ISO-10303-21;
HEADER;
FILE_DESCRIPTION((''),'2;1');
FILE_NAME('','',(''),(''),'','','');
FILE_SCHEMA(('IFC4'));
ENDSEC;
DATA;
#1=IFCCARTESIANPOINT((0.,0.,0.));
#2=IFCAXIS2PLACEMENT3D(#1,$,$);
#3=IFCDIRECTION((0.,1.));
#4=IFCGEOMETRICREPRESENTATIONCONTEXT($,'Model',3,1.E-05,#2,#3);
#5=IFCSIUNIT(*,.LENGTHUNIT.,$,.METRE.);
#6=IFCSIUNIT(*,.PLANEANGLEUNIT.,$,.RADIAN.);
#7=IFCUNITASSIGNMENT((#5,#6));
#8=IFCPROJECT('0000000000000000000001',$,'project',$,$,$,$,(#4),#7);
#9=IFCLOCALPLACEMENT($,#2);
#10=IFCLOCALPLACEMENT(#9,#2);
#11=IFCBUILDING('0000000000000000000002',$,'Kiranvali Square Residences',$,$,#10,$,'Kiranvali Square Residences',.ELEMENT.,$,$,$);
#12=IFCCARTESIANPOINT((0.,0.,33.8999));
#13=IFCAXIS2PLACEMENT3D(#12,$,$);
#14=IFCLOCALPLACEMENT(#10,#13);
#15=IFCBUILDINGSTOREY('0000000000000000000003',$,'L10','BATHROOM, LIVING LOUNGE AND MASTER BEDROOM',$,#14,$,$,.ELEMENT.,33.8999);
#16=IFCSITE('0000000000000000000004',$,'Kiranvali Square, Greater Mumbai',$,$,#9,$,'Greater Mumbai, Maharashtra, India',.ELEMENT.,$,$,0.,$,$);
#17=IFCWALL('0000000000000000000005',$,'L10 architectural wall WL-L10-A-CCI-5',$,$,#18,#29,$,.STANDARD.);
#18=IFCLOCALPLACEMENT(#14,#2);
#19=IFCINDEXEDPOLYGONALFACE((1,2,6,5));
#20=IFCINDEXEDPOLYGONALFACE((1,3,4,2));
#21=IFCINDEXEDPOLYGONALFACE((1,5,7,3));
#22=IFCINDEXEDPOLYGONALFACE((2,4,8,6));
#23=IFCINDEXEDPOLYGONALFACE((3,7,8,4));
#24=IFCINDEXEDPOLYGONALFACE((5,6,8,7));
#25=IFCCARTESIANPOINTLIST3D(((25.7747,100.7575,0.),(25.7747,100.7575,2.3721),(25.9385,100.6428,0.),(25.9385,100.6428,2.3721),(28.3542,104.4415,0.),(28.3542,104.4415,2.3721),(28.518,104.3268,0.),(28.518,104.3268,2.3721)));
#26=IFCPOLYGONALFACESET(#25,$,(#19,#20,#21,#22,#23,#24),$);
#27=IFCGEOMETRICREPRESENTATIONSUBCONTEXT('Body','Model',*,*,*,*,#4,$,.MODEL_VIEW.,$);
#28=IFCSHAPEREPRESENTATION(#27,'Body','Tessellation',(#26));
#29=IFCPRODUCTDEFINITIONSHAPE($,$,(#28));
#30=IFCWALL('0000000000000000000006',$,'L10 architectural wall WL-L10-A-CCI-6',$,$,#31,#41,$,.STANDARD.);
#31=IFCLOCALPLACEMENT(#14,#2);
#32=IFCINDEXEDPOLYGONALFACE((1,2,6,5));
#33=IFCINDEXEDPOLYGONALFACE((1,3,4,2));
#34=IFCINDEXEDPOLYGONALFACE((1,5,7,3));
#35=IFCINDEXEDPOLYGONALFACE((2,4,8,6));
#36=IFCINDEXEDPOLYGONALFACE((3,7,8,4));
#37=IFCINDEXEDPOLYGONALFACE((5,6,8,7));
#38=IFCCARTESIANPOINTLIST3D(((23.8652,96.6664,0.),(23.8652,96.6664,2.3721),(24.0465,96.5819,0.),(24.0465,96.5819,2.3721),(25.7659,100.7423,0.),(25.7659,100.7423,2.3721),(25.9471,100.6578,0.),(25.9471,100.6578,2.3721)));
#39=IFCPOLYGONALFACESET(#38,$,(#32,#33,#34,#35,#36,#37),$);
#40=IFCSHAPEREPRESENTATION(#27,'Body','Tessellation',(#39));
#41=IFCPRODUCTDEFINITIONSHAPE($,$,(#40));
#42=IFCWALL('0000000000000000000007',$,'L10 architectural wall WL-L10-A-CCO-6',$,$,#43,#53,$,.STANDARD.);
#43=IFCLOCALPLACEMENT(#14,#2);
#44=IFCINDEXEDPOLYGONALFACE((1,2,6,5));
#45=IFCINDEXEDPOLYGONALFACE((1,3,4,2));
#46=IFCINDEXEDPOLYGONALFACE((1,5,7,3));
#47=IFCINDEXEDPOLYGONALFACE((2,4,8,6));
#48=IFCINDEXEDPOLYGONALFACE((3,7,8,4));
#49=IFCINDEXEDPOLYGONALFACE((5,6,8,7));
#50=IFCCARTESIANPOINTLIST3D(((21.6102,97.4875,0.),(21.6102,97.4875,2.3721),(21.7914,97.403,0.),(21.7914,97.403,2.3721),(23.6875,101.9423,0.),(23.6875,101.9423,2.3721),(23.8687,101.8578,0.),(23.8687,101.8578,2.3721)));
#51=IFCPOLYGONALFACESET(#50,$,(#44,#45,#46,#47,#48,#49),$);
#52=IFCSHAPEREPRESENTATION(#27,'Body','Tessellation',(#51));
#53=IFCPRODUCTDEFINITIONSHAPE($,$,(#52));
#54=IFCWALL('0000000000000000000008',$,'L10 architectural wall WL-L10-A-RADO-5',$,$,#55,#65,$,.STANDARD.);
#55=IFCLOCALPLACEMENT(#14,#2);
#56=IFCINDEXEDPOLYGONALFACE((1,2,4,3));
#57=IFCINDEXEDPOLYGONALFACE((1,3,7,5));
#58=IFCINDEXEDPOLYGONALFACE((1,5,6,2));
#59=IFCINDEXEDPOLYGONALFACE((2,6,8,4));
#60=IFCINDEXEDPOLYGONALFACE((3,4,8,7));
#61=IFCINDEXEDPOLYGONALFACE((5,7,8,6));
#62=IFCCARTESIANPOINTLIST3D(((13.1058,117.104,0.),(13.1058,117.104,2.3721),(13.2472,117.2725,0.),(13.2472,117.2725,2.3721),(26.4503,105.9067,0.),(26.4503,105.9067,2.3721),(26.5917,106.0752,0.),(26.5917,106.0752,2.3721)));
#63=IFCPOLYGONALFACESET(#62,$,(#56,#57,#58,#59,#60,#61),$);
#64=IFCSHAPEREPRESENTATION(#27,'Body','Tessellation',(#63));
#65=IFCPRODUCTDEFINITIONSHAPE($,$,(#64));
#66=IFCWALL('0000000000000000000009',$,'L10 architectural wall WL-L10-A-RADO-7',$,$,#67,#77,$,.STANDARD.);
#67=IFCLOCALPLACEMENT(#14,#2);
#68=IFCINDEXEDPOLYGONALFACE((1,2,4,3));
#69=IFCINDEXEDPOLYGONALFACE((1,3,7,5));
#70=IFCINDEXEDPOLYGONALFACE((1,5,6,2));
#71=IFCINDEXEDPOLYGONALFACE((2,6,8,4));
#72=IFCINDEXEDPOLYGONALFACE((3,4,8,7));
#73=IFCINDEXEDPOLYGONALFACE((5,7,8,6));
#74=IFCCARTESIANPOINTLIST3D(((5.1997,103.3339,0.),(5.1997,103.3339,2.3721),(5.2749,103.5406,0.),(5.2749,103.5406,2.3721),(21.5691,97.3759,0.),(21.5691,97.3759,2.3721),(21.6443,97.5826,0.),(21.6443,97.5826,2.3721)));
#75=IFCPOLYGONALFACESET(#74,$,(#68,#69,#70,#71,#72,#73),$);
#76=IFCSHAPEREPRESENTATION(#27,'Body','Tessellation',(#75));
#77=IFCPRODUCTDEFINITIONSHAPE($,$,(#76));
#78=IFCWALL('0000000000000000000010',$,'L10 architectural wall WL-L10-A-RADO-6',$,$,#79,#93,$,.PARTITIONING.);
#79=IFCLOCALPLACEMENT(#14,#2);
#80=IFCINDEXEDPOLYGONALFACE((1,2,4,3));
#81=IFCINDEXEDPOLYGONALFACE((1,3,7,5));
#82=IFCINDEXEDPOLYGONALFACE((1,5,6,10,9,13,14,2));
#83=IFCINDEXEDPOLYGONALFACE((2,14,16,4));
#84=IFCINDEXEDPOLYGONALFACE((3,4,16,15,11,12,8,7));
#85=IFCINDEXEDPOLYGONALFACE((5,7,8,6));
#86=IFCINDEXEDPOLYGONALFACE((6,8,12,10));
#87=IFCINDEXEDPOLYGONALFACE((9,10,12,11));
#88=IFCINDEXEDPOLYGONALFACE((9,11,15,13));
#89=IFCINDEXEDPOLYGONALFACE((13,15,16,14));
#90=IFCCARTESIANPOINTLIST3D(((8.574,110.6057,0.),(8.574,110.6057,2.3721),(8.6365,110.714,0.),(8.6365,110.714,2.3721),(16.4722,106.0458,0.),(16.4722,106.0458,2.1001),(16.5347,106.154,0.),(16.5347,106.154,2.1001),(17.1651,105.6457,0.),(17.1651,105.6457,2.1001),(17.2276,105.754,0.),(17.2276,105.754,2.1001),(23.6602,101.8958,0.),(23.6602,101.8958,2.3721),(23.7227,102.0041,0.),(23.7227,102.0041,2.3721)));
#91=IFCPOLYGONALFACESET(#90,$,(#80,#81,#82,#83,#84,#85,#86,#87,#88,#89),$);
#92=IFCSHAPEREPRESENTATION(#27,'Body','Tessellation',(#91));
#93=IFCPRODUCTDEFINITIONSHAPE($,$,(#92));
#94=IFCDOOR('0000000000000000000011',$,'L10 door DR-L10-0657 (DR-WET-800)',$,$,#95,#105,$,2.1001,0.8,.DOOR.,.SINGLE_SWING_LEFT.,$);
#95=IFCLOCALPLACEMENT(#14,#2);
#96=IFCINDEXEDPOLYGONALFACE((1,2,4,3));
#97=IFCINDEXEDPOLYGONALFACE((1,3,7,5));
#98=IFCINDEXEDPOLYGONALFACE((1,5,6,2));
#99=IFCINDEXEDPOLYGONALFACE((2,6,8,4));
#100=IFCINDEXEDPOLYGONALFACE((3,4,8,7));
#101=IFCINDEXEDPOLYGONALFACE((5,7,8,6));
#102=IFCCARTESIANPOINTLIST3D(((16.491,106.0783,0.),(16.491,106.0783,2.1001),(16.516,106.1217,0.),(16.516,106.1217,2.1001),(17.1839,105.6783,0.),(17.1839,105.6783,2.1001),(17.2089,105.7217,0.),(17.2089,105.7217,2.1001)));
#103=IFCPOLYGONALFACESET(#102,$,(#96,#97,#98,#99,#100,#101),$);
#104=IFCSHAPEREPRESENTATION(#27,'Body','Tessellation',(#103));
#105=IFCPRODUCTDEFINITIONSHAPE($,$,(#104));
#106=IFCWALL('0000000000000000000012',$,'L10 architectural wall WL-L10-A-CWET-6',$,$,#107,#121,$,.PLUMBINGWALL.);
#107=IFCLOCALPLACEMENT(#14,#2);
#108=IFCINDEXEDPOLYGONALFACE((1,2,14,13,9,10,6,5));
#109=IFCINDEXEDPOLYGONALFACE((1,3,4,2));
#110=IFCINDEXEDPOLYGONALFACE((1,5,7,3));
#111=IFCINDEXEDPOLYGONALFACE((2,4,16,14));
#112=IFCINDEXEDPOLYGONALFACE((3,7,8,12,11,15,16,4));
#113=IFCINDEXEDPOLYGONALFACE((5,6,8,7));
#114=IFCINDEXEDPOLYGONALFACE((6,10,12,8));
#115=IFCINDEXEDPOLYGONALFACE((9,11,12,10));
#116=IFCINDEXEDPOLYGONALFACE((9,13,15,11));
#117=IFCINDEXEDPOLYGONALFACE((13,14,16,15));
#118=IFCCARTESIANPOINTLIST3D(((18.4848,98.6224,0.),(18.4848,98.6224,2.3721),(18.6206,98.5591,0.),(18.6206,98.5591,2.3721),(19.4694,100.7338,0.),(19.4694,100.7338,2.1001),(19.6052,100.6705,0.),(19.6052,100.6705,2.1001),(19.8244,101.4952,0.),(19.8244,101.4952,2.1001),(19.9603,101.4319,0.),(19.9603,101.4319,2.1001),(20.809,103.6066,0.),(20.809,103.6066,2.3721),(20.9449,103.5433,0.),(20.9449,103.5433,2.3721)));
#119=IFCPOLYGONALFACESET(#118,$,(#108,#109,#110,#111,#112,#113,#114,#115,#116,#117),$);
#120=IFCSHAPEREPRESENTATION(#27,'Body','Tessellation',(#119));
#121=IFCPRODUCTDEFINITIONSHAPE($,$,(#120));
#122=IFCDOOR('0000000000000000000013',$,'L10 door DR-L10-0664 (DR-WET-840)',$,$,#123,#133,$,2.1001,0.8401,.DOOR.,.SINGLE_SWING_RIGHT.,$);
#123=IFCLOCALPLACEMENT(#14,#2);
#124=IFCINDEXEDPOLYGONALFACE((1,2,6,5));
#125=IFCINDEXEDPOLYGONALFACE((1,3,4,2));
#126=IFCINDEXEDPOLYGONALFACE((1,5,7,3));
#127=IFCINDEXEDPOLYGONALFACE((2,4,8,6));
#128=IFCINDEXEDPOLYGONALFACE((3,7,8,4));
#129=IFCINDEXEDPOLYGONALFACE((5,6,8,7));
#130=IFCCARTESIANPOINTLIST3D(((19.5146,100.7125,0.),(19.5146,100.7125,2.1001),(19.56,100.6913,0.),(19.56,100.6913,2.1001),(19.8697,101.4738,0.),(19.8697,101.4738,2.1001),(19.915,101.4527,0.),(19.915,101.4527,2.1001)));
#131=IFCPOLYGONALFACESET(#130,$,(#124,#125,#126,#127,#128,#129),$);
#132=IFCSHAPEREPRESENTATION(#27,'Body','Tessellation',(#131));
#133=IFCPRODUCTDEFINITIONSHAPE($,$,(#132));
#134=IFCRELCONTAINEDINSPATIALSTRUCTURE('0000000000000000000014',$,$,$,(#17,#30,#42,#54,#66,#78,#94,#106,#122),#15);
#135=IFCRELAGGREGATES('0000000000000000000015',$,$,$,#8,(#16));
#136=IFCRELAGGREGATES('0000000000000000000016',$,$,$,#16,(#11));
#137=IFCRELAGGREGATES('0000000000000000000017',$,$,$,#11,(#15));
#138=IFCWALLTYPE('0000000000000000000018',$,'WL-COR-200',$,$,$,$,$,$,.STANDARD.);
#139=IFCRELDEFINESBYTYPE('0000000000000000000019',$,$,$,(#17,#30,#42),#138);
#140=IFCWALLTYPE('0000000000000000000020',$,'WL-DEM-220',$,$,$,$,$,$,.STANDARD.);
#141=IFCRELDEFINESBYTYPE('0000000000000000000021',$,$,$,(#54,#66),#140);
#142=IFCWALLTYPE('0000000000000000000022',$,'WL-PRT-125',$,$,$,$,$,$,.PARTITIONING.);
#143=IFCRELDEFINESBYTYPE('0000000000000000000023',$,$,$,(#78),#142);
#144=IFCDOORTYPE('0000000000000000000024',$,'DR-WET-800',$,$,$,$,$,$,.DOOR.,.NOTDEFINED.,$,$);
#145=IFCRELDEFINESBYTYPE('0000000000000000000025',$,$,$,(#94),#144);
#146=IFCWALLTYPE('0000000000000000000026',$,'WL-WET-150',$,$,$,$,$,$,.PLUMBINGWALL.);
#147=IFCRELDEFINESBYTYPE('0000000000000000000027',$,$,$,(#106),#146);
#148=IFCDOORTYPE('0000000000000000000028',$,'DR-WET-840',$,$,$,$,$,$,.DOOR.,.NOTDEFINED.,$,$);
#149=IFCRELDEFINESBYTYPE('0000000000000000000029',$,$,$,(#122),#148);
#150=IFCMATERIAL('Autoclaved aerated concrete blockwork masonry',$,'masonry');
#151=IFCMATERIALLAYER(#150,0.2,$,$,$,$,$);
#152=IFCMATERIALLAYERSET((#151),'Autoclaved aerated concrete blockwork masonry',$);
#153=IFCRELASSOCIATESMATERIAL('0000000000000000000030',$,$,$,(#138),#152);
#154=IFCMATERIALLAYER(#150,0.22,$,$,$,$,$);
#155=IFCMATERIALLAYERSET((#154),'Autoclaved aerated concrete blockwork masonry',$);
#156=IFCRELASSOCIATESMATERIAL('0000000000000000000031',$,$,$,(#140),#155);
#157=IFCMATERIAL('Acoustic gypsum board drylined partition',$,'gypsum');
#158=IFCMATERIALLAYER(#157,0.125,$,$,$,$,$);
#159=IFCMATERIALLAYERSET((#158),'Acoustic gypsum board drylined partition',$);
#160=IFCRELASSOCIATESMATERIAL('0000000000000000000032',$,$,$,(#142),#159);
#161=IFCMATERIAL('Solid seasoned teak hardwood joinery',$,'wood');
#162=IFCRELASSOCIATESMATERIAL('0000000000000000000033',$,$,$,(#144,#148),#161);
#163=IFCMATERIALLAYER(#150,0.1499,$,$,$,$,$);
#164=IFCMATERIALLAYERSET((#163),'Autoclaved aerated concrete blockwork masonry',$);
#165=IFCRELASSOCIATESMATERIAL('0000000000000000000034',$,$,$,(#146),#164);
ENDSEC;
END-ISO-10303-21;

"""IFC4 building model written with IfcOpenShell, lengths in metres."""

from ifc_helpers import new_model, si_unit, direction, frame, frame_2d, origin, place, context, subcontext, project, spatial, rectangle, extrude, material, layer, layer_set, type_object, element, fill, save


model = new_model("IFC4")

# Units and contexts
model_context = context("Model", 3, precision=1e-05, world=origin(), true_north=direction((0.0, 1.0)))
body_context = subcontext(model_context, "Body", "Model", "MODEL_VIEW")
ifc_project = project(units=[si_unit("LENGTHUNIT", "METRE"), si_unit("PLANEANGLEUNIT", "RADIAN")], contexts=[model_context])

# Site, building, storey
site_placement = place(None, origin())
site = spatial("IfcSite", under=ifc_project, at=site_placement, Name="Kiranvali Square, Greater Mumbai", LongName="Greater Mumbai, Maharashtra, India", CompositionType="ELEMENT", RefElevation=0.0)
building_placement = place(site_placement, origin())
building = spatial("IfcBuilding", under=site, at=building_placement, Name="Kiranvali Square Residences", LongName="Kiranvali Square Residences", CompositionType="ELEMENT")
storey_placement = place(building_placement, frame((0.0, 0.0, 33.8999)))
storey = spatial("IfcBuildingStorey", under=building, at=storey_placement, Name="L10", Description="BATHROOM, LIVING LOUNGE AND MASTER BEDROOM", CompositionType="ELEMENT", Elevation=33.8999)

# Wall
ifc_material_1 = material(Name="Autoclaved aerated concrete blockwork masonry", Category="masonry")
ifc_layer_1 = layer(ifc_material_1, 0.2)
ifc_layer_set_1 = layer_set([ifc_layer_1], Name="Autoclaved aerated concrete blockwork masonry")
wall_type_1 = type_object("IfcWallType", Name="WL-COR-200", PredefinedType="STANDARD", material=ifc_layer_set_1)
wall_1_placement = place(storey_placement, frame((28.436, 104.384, 0.0), z_axis=(0.0, 0.0, 1.0), x_axis=(-0.573572, -0.819155, 0.0)))
element("IfcWall", 1, at=wall_1_placement, inside=storey, type_object=wall_type_1, Name="L10 architectural wall WL-L10-A-CCI-5", PredefinedType="STANDARD", context=body_context, shape_type="SweptSolid", body=[
    extrude(rectangle(XDim=4.4973, YDim=0.2, at=frame_2d((2.2485, 0.0))), origin(), (0.0, 0.0, 1.0), 2.3721),
])

# Walls
wall_2_placement = place(storey_placement, frame((25.8564, 100.7, 0.0), z_axis=(0.0, 0.0, 1.0), x_axis=(-0.422618, -0.906308, 0.0)))
element("IfcWall", 2, at=wall_2_placement, inside=storey, type_object=wall_type_1, Name="L10 architectural wall WL-L10-A-CCI-6", PredefinedType="STANDARD", context=body_context, shape_type="SweptSolid", body=[
    extrude(rectangle(XDim=4.4973, YDim=0.2, at=frame_2d((2.2485, 0.0))), origin(), (0.0, 0.0, 1.0), 2.3721),
])
wall_3_placement = place(storey_placement, frame((23.7781, 101.8999, 0.0), z_axis=(0.0, 0.0, 1.0), x_axis=(-0.42263, -0.906302, 0.0)))
element("IfcWall", 3, at=wall_3_placement, inside=storey, type_object=wall_type_1, Name="L10 architectural wall WL-L10-A-CCO-6", PredefinedType="STANDARD", context=body_context, shape_type="SweptSolid", body=[
    extrude(rectangle(XDim=4.9153, YDim=0.2, at=frame_2d((2.4575, 0.0))), origin(), (0.0, 0.0, 1.0), 2.3721),
])

# Walls
ifc_layer_2 = layer(ifc_material_1, 0.22)
ifc_layer_set_2 = layer_set([ifc_layer_2], Name="Autoclaved aerated concrete blockwork masonry")
wall_type_2 = type_object("IfcWallType", Name="WL-DEM-220", PredefinedType="STANDARD", material=ifc_layer_set_2)
for number, where, z_axis, x_axis, name in (
    (4, (26.521, 105.991, 0.0), (0.0, 0.0, 1.0), (-0.766047, 0.642785, 0.0), "L10 architectural wall WL-L10-A-RADO-5"),
    (5, (21.6067, 97.4792, 0.0), (0.0, 0.0, 1.0), (-0.939692, 0.342022, 0.0), "L10 architectural wall WL-L10-A-RADO-7"),
):
    element("IfcWall", number, at=place(storey_placement, frame(where, z_axis=z_axis, x_axis=x_axis)), inside=storey, type_object=wall_type_2, Name=name, PredefinedType="STANDARD", context=body_context, shape_type="SweptSolid", body=[
        extrude(rectangle(XDim=17.4199, YDim=0.22, at=frame_2d((8.71, 0.0))), origin(), (0.0, 0.0, 1.0), 2.3721),
    ])

# Walls, openings, doors
ifc_material_2 = material(Name="Acoustic gypsum board drylined partition", Category="gypsum")
ifc_layer_3 = layer(ifc_material_2, 0.125)
ifc_layer_set_3 = layer_set([ifc_layer_3], Name="Acoustic gypsum board drylined partition")
wall_type_3 = type_object("IfcWallType", Name="WL-PRT-125", PredefinedType="PARTITIONING", material=ifc_layer_set_3)
wall_4_placement = place(storey_placement, frame((23.6914, 101.95, 0.0), z_axis=(0.0, 0.0, 1.0), x_axis=(-0.866027, 0.499998, 0.0)))
wall_4 = element("IfcWall", 6, at=wall_4_placement, inside=storey, type_object=wall_type_3, Name="L10 architectural wall WL-L10-A-RADO-6", PredefinedType="PARTITIONING", context=body_context, shape_type="SweptSolid", body=[
    extrude(rectangle(XDim=17.4199, YDim=0.125, at=frame_2d((8.71, 0.0))), origin(), (0.0, 0.0, 1.0), 2.3721),
])
opening_1_placement = place(wall_4_placement, frame((7.5, 0.0, 0.0)))
opening_1 = element("IfcOpeningElement", 7, at=opening_1_placement, cuts=wall_4, PredefinedType="OPENING", context=body_context, shape_type="SweptSolid", body=[
    extrude(rectangle(XDim=0.8, YDim=2.1001, at=frame_2d((0.3999, 1.05))), frame((0.0, 0.0725, 0.0), z_axis=(0.0, -1.0, 0.0), x_axis=(1.0, 0.0, 0.0)), (0.0, 0.0, 1.0), 0.145),
])
ifc_material_3 = material(Name="Solid seasoned teak hardwood joinery", Category="wood")
door_type_1 = type_object("IfcDoorType", Name="DR-WET-800", OperationType="NOTDEFINED", PredefinedType="DOOR", material=ifc_material_3)
door_1_placement = place(opening_1_placement, origin())
door_1 = element("IfcDoor", 8, at=door_1_placement, inside=storey, type_object=door_type_1, Name="L10 door DR-L10-0657 (DR-WET-800)", OperationType="SINGLE_SWING_LEFT", OverallHeight=2.1001, OverallWidth=0.8, PredefinedType="DOOR", context=body_context, shape_type="SweptSolid", body=[
    extrude(rectangle(XDim=0.8, YDim=2.1001, at=frame_2d((0.3999, 1.05))), frame((0.0, 0.0249, 0.0), z_axis=(0.0, -1.0, 0.0), x_axis=(1.0, 0.0, 0.0)), (0.0, 0.0, 1.0), 0.05),
])
fill(opening_1, door_1)
ifc_layer_4 = layer(ifc_material_1, 0.1499)
ifc_layer_set_4 = layer_set([ifc_layer_4], Name="Autoclaved aerated concrete blockwork masonry")
wall_type_4 = type_object("IfcWallType", Name="WL-WET-150", PredefinedType="PLUMBINGWALL", material=ifc_layer_set_4)
wall_5_placement = place(storey_placement, frame((20.877, 103.575, 0.0), z_axis=(0.0, 0.0, 1.0), x_axis=(-0.42263, -0.906302, 0.0)))
wall_5 = element("IfcWall", 9, at=wall_5_placement, inside=storey, type_object=wall_type_4, Name="L10 architectural wall WL-L10-A-CWET-6", PredefinedType="PLUMBINGWALL", context=body_context, shape_type="SweptSolid", body=[
    extrude(rectangle(XDim=5.4995, YDim=0.1499, at=frame_2d((2.7498, 0.0))), origin(), (0.0, 0.0, 1.0), 2.3721),
])
opening_2_placement = place(wall_5_placement, frame((2.3298, 0.0, 0.0)))
opening_2 = element("IfcOpeningElement", 10, at=opening_2_placement, cuts=wall_5, PredefinedType="OPENING", context=body_context, shape_type="SweptSolid", body=[
    extrude(rectangle(XDim=0.8401, YDim=2.1001, at=frame_2d((0.4199, 1.05))), frame((0.0, 0.085, 0.0), z_axis=(0.0, -1.0, 0.0), x_axis=(1.0, 0.0, 0.0)), (0.0, 0.0, 1.0), 0.1699),
])
door_type_2 = type_object("IfcDoorType", Name="DR-WET-840", OperationType="NOTDEFINED", PredefinedType="DOOR", material=ifc_material_3)
door_2_placement = place(opening_2_placement, frame((0.8401, 0.0, 0.0), z_axis=(0.0, 0.0, 1.0), x_axis=(-1.0, 0.0, 0.0)))
door_2 = element("IfcDoor", 11, at=door_2_placement, inside=storey, type_object=door_type_2, Name="L10 door DR-L10-0664 (DR-WET-840)", OperationType="SINGLE_SWING_RIGHT", OverallHeight=2.1001, OverallWidth=0.8401, PredefinedType="DOOR", context=body_context, shape_type="SweptSolid", body=[
    extrude(rectangle(XDim=0.8401, YDim=2.1001, at=frame_2d((0.4199, 1.05))), frame((0.0, 0.0249, 0.0), z_axis=(0.0, -1.0, 0.0), x_axis=(1.0, 0.0, 0.0)), (0.0, 0.0, 1.0), 0.05),
])
fill(opening_2, door_2)

save(model, "model.ifc")
